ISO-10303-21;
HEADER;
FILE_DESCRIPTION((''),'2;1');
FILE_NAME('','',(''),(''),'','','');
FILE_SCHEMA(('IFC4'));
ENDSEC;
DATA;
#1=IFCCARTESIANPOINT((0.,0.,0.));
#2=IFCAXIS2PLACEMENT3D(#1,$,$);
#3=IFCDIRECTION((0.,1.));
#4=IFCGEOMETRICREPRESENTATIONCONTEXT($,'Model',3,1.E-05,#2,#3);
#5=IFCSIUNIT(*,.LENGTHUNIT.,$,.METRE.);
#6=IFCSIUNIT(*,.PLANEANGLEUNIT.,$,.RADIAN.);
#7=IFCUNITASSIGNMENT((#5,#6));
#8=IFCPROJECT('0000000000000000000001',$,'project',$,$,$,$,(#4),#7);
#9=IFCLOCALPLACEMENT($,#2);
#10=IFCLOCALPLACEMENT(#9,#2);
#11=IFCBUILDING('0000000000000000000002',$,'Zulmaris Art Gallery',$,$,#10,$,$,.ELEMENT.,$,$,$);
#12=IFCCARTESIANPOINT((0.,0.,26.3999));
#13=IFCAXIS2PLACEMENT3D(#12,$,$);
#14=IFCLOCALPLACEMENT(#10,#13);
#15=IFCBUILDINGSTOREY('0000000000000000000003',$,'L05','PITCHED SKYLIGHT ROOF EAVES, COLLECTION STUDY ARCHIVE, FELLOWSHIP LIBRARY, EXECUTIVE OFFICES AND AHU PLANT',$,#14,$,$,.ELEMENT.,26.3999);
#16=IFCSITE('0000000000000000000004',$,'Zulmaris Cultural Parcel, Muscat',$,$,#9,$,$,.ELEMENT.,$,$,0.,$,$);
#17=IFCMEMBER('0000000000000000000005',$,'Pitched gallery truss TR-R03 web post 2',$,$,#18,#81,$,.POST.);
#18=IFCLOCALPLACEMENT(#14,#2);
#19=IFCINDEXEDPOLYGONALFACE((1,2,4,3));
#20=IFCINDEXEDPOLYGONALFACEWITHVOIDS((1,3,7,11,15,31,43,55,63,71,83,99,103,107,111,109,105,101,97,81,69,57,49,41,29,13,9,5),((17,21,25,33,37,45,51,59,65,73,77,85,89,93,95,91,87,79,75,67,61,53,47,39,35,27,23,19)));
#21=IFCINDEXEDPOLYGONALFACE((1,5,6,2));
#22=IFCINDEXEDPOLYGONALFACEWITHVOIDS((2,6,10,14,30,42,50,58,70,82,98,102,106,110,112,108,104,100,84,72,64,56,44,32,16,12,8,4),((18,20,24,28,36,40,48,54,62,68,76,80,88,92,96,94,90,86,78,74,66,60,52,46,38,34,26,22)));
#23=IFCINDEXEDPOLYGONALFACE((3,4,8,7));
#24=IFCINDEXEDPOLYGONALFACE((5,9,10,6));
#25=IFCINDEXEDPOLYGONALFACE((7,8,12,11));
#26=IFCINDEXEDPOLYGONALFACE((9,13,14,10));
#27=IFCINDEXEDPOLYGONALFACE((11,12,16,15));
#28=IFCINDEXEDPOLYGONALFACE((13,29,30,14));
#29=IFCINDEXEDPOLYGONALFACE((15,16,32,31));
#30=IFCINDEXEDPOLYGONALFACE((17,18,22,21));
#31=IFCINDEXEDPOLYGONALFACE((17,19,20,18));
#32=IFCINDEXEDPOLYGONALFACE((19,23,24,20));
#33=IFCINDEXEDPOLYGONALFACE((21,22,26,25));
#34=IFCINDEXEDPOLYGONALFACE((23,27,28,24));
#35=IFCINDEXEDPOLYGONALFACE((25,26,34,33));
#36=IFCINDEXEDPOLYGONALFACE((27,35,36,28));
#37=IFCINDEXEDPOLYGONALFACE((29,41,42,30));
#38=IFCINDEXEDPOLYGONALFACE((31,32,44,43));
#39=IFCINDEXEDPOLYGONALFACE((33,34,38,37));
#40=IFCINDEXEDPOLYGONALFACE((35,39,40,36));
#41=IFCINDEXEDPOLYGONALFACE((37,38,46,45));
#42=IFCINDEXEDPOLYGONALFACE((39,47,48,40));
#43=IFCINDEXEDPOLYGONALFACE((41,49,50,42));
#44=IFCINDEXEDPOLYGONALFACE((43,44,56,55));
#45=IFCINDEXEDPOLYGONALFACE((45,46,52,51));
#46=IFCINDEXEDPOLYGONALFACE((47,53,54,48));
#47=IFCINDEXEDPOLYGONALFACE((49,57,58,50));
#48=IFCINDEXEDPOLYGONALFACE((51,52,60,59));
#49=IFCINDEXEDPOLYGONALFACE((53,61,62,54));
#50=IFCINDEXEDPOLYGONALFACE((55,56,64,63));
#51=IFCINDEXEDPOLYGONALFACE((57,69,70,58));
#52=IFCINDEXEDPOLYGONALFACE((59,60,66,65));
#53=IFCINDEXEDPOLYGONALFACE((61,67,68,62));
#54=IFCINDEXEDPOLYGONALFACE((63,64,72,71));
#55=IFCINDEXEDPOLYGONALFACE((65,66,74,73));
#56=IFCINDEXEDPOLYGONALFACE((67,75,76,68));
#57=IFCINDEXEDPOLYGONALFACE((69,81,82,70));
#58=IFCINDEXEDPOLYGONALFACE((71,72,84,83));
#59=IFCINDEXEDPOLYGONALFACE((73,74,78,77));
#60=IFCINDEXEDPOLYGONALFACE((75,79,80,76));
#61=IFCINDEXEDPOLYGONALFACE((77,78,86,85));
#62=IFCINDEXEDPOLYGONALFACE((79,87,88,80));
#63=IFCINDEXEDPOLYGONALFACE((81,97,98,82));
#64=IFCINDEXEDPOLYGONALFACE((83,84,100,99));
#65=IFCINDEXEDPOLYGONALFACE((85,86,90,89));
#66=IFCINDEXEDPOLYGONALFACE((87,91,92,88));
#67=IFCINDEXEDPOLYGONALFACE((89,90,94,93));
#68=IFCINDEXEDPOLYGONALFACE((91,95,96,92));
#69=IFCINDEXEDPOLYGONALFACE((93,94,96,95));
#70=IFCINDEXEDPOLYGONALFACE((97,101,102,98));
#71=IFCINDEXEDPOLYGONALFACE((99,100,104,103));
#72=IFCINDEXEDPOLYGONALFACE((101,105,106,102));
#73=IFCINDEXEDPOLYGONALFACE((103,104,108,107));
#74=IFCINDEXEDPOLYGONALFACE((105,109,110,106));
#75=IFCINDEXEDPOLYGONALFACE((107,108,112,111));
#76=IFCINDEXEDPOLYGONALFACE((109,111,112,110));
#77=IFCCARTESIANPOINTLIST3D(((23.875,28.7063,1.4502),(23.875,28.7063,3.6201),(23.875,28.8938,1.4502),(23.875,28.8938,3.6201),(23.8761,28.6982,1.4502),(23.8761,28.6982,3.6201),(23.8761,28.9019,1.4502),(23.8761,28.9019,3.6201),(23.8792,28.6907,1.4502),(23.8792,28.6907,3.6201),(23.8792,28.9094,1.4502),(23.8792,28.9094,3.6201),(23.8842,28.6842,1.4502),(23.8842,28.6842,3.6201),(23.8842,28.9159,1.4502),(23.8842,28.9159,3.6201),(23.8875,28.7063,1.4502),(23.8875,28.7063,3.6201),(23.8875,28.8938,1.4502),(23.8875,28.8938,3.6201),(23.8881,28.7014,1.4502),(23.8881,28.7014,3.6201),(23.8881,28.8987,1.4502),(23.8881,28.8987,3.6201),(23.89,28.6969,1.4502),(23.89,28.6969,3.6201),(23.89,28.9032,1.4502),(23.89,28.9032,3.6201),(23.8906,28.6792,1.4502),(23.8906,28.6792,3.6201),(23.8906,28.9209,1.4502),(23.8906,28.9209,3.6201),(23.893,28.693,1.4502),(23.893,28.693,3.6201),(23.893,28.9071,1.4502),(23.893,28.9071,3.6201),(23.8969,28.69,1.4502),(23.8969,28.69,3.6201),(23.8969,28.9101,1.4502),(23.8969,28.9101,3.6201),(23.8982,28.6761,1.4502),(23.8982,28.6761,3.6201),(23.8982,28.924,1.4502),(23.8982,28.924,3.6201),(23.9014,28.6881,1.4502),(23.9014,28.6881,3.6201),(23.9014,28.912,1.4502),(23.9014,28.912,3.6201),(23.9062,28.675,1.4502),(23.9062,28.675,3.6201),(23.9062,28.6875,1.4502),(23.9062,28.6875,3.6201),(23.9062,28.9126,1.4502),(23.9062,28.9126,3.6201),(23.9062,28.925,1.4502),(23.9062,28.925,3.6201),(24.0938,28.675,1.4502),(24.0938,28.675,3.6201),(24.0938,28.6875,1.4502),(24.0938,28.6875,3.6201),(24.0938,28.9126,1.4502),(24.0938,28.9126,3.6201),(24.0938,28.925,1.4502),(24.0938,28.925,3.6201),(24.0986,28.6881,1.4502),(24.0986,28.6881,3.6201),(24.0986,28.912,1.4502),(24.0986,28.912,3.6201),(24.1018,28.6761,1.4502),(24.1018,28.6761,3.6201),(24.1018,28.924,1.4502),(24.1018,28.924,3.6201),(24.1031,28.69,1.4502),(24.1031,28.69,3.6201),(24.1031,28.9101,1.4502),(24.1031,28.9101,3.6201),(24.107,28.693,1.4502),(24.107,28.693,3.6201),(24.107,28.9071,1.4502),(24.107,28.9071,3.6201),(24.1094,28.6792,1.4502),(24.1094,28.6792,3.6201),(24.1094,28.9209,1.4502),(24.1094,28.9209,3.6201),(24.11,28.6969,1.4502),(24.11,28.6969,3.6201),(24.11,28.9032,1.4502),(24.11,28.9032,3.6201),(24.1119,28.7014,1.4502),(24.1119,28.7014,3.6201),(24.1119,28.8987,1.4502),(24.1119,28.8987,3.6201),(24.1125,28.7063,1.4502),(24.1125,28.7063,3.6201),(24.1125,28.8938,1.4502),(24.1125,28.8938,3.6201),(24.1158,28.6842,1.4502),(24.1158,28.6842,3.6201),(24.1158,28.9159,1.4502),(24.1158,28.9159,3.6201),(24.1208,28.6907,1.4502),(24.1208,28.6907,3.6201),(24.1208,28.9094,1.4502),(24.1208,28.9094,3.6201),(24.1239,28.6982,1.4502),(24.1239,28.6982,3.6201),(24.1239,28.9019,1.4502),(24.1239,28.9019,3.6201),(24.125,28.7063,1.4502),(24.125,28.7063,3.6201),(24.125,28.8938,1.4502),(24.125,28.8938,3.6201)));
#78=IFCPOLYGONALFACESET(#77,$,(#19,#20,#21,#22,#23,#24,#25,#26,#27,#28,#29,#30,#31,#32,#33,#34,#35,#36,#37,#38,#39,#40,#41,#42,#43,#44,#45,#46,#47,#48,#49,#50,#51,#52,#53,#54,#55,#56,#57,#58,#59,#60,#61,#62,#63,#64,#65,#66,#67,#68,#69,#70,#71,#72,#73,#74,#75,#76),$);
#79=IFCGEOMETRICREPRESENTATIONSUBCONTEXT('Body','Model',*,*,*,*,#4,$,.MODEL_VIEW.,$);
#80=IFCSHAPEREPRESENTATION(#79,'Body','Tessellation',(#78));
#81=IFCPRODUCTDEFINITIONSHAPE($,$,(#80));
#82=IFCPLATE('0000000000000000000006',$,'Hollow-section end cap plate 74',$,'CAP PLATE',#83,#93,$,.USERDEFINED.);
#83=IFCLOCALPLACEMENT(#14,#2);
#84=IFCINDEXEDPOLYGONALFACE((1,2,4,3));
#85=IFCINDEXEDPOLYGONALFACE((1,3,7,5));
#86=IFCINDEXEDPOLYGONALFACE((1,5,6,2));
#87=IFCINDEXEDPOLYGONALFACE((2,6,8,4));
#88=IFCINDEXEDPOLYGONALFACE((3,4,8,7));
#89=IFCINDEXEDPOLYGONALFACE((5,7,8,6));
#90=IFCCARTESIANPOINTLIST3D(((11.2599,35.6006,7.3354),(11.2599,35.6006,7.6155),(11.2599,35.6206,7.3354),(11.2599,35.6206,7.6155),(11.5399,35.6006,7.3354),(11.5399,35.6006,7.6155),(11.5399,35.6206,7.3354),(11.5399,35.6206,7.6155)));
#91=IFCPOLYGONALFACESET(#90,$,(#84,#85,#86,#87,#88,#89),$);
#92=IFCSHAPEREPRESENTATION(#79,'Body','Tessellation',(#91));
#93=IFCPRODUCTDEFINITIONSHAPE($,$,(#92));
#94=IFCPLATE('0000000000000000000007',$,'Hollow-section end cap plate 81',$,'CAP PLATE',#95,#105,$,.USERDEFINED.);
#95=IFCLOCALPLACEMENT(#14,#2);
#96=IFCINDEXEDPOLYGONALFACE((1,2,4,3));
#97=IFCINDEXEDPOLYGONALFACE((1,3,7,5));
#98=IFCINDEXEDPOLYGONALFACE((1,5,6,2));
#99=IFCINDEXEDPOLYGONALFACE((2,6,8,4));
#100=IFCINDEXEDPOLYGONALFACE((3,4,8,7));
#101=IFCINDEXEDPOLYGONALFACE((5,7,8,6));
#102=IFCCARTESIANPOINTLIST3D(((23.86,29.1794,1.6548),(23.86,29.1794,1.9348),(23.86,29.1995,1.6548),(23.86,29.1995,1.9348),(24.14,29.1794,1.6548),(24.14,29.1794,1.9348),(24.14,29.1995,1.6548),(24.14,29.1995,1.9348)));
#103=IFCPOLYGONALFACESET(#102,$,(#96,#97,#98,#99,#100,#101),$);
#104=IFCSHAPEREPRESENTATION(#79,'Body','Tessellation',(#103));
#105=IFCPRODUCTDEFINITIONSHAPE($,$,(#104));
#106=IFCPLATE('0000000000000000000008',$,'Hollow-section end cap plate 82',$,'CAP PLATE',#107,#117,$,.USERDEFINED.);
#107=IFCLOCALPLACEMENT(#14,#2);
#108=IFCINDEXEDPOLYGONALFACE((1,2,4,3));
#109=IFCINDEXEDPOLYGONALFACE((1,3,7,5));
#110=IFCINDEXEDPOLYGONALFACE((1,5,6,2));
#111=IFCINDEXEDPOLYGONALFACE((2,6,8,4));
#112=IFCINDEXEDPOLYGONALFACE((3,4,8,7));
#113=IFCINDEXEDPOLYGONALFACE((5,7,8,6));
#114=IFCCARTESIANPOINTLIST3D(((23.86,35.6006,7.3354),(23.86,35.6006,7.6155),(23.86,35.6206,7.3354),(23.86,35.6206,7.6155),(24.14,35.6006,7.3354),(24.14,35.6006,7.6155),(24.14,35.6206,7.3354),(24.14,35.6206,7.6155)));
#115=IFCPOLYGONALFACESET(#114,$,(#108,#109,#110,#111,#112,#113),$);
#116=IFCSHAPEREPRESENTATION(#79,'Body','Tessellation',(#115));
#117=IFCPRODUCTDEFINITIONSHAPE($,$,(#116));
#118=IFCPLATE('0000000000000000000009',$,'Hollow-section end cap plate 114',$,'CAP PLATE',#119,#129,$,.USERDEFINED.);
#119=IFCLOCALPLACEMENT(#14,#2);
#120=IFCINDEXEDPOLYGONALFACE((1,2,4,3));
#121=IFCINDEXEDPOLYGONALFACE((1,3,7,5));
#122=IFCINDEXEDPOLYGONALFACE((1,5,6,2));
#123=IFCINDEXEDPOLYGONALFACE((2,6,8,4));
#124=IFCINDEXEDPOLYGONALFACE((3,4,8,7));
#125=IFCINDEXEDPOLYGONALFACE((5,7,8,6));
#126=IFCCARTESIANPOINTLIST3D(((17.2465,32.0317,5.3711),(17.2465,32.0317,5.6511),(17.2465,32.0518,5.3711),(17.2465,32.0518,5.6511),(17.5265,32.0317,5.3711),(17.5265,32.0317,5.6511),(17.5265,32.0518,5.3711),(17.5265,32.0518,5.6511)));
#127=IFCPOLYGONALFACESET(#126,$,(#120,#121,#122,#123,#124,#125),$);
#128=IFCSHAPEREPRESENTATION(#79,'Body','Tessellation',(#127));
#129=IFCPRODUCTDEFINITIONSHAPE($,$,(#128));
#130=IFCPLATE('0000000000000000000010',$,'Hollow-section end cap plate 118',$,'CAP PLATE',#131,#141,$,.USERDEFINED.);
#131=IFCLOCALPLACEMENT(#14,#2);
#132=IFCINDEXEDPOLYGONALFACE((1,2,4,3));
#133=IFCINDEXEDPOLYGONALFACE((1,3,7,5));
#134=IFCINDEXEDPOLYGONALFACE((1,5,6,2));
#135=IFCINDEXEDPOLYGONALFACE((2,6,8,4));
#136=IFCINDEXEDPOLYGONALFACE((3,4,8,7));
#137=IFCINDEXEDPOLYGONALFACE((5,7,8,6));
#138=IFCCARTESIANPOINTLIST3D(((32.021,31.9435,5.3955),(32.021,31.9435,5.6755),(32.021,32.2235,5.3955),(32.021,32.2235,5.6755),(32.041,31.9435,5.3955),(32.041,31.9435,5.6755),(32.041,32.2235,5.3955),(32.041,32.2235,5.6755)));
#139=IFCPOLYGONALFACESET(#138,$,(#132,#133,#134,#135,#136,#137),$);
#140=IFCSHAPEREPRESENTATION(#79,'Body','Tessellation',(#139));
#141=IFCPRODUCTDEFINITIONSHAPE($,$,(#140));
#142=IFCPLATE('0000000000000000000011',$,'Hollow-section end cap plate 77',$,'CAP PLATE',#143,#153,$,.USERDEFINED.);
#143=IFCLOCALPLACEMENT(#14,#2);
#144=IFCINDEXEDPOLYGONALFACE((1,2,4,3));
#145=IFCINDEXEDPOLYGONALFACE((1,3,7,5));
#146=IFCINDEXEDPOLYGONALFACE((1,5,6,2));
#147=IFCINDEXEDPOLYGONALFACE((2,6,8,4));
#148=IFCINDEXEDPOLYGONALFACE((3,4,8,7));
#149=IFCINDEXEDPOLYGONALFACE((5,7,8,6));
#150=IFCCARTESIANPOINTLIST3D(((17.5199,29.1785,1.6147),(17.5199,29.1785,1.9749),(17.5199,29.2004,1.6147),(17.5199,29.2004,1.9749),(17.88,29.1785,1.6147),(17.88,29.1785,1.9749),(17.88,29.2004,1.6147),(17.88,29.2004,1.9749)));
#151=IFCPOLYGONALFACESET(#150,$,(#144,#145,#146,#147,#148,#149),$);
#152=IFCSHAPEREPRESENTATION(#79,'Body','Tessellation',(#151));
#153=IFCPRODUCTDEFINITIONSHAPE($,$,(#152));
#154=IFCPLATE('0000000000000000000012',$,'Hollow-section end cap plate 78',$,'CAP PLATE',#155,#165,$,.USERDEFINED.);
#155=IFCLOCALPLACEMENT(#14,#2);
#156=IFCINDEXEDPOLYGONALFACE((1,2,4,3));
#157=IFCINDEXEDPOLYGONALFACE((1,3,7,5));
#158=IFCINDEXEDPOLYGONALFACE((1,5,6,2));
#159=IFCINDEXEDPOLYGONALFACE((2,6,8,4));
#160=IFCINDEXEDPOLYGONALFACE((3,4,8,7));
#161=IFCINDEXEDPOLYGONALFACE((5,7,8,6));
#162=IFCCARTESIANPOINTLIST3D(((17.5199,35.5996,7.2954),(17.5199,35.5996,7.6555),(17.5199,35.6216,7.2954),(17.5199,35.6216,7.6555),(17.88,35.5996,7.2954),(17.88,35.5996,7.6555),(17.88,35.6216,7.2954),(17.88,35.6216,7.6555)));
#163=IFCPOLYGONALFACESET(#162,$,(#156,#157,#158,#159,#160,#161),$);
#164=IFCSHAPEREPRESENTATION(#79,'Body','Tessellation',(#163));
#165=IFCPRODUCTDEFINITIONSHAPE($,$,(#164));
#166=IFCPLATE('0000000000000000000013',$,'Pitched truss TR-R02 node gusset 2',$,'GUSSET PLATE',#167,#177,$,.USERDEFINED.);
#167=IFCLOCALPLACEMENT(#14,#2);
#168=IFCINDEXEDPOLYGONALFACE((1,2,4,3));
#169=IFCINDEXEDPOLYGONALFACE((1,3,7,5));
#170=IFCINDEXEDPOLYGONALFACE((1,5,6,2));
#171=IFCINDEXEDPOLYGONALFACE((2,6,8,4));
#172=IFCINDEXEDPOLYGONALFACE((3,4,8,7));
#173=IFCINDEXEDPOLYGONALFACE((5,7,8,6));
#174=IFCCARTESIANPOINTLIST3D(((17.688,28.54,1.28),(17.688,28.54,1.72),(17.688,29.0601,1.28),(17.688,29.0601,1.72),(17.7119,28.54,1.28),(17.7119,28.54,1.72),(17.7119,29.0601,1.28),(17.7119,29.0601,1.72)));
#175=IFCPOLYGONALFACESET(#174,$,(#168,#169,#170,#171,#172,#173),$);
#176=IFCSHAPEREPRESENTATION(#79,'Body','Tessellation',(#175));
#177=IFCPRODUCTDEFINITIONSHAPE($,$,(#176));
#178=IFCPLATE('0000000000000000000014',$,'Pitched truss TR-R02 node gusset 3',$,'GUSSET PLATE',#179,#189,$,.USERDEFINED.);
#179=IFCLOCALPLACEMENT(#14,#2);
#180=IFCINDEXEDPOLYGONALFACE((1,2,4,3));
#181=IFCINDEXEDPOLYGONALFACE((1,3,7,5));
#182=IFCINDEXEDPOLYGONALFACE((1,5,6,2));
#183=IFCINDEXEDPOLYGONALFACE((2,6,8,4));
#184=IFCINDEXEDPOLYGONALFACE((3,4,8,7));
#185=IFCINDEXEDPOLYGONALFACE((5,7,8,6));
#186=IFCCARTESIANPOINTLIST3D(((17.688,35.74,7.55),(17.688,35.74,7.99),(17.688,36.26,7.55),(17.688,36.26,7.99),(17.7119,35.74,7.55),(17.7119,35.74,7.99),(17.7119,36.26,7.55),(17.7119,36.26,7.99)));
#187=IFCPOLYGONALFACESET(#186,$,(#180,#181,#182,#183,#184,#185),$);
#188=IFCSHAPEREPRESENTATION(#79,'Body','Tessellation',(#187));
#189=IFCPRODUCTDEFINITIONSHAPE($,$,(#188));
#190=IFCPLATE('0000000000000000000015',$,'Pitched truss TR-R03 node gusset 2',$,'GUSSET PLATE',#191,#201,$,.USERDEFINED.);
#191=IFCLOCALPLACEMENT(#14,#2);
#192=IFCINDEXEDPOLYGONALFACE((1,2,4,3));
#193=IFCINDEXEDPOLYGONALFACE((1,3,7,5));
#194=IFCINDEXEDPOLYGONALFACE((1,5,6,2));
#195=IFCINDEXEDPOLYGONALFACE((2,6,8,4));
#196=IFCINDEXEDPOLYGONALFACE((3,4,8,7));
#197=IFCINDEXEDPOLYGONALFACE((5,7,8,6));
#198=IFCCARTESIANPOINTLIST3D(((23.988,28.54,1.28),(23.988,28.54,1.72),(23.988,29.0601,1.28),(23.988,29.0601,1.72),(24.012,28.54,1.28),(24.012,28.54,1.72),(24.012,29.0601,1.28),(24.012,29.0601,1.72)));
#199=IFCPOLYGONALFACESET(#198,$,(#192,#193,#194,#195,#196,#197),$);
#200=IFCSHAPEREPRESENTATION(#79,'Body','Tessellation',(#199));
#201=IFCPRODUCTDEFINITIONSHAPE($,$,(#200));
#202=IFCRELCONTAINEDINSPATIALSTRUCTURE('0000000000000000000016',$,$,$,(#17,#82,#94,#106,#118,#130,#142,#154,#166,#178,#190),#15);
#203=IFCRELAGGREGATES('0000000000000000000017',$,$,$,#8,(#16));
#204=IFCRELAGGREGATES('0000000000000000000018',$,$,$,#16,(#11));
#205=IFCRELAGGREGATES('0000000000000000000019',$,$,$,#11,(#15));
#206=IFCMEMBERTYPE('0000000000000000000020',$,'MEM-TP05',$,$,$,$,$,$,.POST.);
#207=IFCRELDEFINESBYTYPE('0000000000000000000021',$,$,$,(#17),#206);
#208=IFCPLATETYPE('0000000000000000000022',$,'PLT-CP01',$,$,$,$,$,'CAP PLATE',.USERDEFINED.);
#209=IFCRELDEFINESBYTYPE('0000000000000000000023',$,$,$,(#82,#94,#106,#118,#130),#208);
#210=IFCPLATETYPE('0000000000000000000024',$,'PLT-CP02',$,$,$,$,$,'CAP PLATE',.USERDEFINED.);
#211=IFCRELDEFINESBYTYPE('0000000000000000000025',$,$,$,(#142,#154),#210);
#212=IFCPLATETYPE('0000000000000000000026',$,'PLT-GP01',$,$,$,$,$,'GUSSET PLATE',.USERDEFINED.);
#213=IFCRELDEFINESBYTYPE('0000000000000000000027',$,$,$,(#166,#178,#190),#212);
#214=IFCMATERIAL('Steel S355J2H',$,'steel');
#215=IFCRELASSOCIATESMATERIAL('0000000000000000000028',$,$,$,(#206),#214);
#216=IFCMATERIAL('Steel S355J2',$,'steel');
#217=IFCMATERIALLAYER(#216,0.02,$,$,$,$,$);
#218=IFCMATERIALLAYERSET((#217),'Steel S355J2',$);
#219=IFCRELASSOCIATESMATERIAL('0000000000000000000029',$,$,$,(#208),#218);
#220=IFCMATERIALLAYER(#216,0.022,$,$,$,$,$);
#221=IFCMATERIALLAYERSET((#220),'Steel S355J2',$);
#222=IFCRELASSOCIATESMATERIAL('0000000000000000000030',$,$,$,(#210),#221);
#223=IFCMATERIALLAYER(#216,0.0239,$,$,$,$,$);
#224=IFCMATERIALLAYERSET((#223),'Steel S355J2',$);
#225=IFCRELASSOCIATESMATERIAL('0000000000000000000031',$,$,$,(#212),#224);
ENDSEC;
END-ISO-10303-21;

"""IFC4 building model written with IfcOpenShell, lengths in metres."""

from ifc_helpers import new_model, si_unit, direction, frame, origin, origin_2d, place, context, subcontext, project, spatial, rectangle, hollow_rectangle, extrude, material, layer, layer_set, material_profile, profile_set, type_object, element, save


model = new_model("IFC4")

# Units and contexts
model_context = context("Model", 3, precision=1e-05, world=origin(), true_north=direction((0.0, 1.0)))
body_context = subcontext(model_context, "Body", "Model", "MODEL_VIEW")
ifc_project = project(units=[si_unit("LENGTHUNIT", "METRE"), si_unit("PLANEANGLEUNIT", "RADIAN")], contexts=[model_context])

# Site, building, storey
site_placement = place(None, origin())
site = spatial("IfcSite", under=ifc_project, at=site_placement, Name="Zulmaris Cultural Parcel, Muscat", CompositionType="ELEMENT", RefElevation=0.0)
building_placement = place(site_placement, origin())
building = spatial("IfcBuilding", under=site, at=building_placement, Name="Zulmaris Art Gallery", CompositionType="ELEMENT")
storey_placement = place(building_placement, frame((0.0, 0.0, 26.3999)))
storey = spatial("IfcBuildingStorey", under=building, at=storey_placement, Name="L05", Description="PITCHED SKYLIGHT ROOF EAVES, COLLECTION STUDY ARCHIVE, FELLOWSHIP LIBRARY, EXECUTIVE OFFICES AND AHU PLANT", CompositionType="ELEMENT", Elevation=26.3999)

# Member
ifc_material_1 = material(Name="Steel S355J2H", Category="steel")
ifc_material_profile_1 = material_profile(ifc_material_1, hollow_rectangle(XDim=0.25, YDim=0.25, WallThickness=0.0125, InnerFilletRadius=0.0188, OuterFilletRadius=0.0312, at=origin_2d()), Name="SHS 250x250x12.5")
ifc_profile_set_1 = profile_set([ifc_material_profile_1], Name="Steel S355J2H")
member_type_1 = type_object("IfcMemberType", Name="MEM-TP05", PredefinedType="POST", material=ifc_profile_set_1)
for number, where, z_axis, x_axis, name in (
    (1, (24.0, 28.8, 1.4502), (0.0, 0.0, 1.0), (1.0, 0.0, 0.0), "Pitched gallery truss TR-R03 web post 2"),
):
    element("IfcMember", number, at=place(storey_placement, frame(where, z_axis=z_axis, x_axis=x_axis)), inside=storey, type_object=member_type_1, Name=name, PredefinedType="POST", context=body_context, shape_type="SweptSolid", body=[
        extrude(hollow_rectangle(XDim=0.25, YDim=0.25, WallThickness=0.0125, InnerFilletRadius=0.0188, OuterFilletRadius=0.0312, at=origin_2d()), origin(), (0.0, 0.0, 1.0), 2.1699),
    ])

# Plates
ifc_material_2 = material(Name="Steel S355J2", Category="steel")
ifc_layer_1 = layer(ifc_material_2, 0.02)
ifc_layer_set_1 = layer_set([ifc_layer_1], Name="Steel S355J2")
plate_type_1 = type_object("IfcPlateType", Name="PLT-CP01", ElementType="CAP PLATE", PredefinedType="USERDEFINED", material=ifc_layer_set_1)
for number, where, z_axis, x_axis, name in (
    (2, (11.3999, 35.6106, 7.3354), (0.0, 0.0, 1.0), (1.0, 0.0, 0.0), "Hollow-section end cap plate 74"),
    (3, (24.0, 29.1895, 1.6548), (0.0, 0.0, 1.0), (1.0, 0.0, 0.0), "Hollow-section end cap plate 81"),
    (4, (24.0, 35.6106, 7.3354), (0.0, 0.0, 1.0), (1.0, 0.0, 0.0), "Hollow-section end cap plate 82"),
    (5, (17.3865, 32.0417, 5.3711), (0.0, 0.0, 1.0), (1.0, 0.0, 0.0), "Hollow-section end cap plate 114"),
):
    element("IfcPlate", number, at=place(storey_placement, frame(where, z_axis=z_axis, x_axis=x_axis)), inside=storey, type_object=plate_type_1, Name=name, ObjectType="CAP PLATE", PredefinedType="USERDEFINED", context=body_context, shape_type="SweptSolid", body=[
        extrude(rectangle(XDim=0.28, YDim=0.02, at=origin_2d()), origin(), (0.0, 0.0, 1.0), 0.28),
    ])
plate_1_placement = place(storey_placement, frame((32.031, 32.0835, 5.3955), z_axis=(0.0, 0.0, 1.0), x_axis=(1.0, 0.0, 0.0)))
element("IfcPlate", 6, at=plate_1_placement, inside=storey, type_object=plate_type_1, Name="Hollow-section end cap plate 118", ObjectType="CAP PLATE", PredefinedType="USERDEFINED", context=body_context, shape_type="SweptSolid", body=[
    extrude(rectangle(XDim=0.02, YDim=0.28, at=origin_2d()), origin(), (0.0, 0.0, 1.0), 0.28),
])
ifc_layer_2 = layer(ifc_material_2, 0.022)
ifc_layer_set_2 = layer_set([ifc_layer_2], Name="Steel S355J2")
plate_type_2 = type_object("IfcPlateType", Name="PLT-CP02", ElementType="CAP PLATE", PredefinedType="USERDEFINED", material=ifc_layer_set_2)
for number, where, z_axis, x_axis, name in (
    (7, (17.7, 29.1895, 1.6147), (0.0, 0.0, 1.0), (1.0, 0.0, 0.0), "Hollow-section end cap plate 77"),
    (8, (17.7, 35.6106, 7.2954), (0.0, 0.0, 1.0), (1.0, 0.0, 0.0), "Hollow-section end cap plate 78"),
):
    element("IfcPlate", number, at=place(storey_placement, frame(where, z_axis=z_axis, x_axis=x_axis)), inside=storey, type_object=plate_type_2, Name=name, ObjectType="CAP PLATE", PredefinedType="USERDEFINED", context=body_context, shape_type="SweptSolid", body=[
        extrude(rectangle(XDim=0.3601, YDim=0.022, at=origin_2d()), origin(), (0.0, 0.0, 1.0), 0.3601),
    ])
ifc_layer_3 = layer(ifc_material_2, 0.0239)
ifc_layer_set_3 = layer_set([ifc_layer_3], Name="Steel S355J2")
plate_type_3 = type_object("IfcPlateType", Name="PLT-GP01", ElementType="GUSSET PLATE", PredefinedType="USERDEFINED", material=ifc_layer_set_3)
for number, where, z_axis, x_axis, name in (
    (9, (17.7, 28.8, 1.28), (0.0, 0.0, 1.0), (1.0, 0.0, 0.0), "Pitched truss TR-R02 node gusset 2"),
    (10, (17.7, 36.0, 7.55), (0.0, 0.0, 1.0), (1.0, 0.0, 0.0), "Pitched truss TR-R02 node gusset 3"),
    (11, (24.0, 28.8, 1.28), (0.0, 0.0, 1.0), (1.0, 0.0, 0.0), "Pitched truss TR-R03 node gusset 2"),
):
    element("IfcPlate", number, at=place(storey_placement, frame(where, z_axis=z_axis, x_axis=x_axis)), inside=storey, type_object=plate_type_3, Name=name, ObjectType="GUSSET PLATE", PredefinedType="USERDEFINED", context=body_context, shape_type="SweptSolid", body=[
        extrude(rectangle(XDim=0.0239, YDim=0.52, at=origin_2d()), origin(), (0.0, 0.0, 1.0), 0.4399),
    ])

save(model, "model.ifc")
